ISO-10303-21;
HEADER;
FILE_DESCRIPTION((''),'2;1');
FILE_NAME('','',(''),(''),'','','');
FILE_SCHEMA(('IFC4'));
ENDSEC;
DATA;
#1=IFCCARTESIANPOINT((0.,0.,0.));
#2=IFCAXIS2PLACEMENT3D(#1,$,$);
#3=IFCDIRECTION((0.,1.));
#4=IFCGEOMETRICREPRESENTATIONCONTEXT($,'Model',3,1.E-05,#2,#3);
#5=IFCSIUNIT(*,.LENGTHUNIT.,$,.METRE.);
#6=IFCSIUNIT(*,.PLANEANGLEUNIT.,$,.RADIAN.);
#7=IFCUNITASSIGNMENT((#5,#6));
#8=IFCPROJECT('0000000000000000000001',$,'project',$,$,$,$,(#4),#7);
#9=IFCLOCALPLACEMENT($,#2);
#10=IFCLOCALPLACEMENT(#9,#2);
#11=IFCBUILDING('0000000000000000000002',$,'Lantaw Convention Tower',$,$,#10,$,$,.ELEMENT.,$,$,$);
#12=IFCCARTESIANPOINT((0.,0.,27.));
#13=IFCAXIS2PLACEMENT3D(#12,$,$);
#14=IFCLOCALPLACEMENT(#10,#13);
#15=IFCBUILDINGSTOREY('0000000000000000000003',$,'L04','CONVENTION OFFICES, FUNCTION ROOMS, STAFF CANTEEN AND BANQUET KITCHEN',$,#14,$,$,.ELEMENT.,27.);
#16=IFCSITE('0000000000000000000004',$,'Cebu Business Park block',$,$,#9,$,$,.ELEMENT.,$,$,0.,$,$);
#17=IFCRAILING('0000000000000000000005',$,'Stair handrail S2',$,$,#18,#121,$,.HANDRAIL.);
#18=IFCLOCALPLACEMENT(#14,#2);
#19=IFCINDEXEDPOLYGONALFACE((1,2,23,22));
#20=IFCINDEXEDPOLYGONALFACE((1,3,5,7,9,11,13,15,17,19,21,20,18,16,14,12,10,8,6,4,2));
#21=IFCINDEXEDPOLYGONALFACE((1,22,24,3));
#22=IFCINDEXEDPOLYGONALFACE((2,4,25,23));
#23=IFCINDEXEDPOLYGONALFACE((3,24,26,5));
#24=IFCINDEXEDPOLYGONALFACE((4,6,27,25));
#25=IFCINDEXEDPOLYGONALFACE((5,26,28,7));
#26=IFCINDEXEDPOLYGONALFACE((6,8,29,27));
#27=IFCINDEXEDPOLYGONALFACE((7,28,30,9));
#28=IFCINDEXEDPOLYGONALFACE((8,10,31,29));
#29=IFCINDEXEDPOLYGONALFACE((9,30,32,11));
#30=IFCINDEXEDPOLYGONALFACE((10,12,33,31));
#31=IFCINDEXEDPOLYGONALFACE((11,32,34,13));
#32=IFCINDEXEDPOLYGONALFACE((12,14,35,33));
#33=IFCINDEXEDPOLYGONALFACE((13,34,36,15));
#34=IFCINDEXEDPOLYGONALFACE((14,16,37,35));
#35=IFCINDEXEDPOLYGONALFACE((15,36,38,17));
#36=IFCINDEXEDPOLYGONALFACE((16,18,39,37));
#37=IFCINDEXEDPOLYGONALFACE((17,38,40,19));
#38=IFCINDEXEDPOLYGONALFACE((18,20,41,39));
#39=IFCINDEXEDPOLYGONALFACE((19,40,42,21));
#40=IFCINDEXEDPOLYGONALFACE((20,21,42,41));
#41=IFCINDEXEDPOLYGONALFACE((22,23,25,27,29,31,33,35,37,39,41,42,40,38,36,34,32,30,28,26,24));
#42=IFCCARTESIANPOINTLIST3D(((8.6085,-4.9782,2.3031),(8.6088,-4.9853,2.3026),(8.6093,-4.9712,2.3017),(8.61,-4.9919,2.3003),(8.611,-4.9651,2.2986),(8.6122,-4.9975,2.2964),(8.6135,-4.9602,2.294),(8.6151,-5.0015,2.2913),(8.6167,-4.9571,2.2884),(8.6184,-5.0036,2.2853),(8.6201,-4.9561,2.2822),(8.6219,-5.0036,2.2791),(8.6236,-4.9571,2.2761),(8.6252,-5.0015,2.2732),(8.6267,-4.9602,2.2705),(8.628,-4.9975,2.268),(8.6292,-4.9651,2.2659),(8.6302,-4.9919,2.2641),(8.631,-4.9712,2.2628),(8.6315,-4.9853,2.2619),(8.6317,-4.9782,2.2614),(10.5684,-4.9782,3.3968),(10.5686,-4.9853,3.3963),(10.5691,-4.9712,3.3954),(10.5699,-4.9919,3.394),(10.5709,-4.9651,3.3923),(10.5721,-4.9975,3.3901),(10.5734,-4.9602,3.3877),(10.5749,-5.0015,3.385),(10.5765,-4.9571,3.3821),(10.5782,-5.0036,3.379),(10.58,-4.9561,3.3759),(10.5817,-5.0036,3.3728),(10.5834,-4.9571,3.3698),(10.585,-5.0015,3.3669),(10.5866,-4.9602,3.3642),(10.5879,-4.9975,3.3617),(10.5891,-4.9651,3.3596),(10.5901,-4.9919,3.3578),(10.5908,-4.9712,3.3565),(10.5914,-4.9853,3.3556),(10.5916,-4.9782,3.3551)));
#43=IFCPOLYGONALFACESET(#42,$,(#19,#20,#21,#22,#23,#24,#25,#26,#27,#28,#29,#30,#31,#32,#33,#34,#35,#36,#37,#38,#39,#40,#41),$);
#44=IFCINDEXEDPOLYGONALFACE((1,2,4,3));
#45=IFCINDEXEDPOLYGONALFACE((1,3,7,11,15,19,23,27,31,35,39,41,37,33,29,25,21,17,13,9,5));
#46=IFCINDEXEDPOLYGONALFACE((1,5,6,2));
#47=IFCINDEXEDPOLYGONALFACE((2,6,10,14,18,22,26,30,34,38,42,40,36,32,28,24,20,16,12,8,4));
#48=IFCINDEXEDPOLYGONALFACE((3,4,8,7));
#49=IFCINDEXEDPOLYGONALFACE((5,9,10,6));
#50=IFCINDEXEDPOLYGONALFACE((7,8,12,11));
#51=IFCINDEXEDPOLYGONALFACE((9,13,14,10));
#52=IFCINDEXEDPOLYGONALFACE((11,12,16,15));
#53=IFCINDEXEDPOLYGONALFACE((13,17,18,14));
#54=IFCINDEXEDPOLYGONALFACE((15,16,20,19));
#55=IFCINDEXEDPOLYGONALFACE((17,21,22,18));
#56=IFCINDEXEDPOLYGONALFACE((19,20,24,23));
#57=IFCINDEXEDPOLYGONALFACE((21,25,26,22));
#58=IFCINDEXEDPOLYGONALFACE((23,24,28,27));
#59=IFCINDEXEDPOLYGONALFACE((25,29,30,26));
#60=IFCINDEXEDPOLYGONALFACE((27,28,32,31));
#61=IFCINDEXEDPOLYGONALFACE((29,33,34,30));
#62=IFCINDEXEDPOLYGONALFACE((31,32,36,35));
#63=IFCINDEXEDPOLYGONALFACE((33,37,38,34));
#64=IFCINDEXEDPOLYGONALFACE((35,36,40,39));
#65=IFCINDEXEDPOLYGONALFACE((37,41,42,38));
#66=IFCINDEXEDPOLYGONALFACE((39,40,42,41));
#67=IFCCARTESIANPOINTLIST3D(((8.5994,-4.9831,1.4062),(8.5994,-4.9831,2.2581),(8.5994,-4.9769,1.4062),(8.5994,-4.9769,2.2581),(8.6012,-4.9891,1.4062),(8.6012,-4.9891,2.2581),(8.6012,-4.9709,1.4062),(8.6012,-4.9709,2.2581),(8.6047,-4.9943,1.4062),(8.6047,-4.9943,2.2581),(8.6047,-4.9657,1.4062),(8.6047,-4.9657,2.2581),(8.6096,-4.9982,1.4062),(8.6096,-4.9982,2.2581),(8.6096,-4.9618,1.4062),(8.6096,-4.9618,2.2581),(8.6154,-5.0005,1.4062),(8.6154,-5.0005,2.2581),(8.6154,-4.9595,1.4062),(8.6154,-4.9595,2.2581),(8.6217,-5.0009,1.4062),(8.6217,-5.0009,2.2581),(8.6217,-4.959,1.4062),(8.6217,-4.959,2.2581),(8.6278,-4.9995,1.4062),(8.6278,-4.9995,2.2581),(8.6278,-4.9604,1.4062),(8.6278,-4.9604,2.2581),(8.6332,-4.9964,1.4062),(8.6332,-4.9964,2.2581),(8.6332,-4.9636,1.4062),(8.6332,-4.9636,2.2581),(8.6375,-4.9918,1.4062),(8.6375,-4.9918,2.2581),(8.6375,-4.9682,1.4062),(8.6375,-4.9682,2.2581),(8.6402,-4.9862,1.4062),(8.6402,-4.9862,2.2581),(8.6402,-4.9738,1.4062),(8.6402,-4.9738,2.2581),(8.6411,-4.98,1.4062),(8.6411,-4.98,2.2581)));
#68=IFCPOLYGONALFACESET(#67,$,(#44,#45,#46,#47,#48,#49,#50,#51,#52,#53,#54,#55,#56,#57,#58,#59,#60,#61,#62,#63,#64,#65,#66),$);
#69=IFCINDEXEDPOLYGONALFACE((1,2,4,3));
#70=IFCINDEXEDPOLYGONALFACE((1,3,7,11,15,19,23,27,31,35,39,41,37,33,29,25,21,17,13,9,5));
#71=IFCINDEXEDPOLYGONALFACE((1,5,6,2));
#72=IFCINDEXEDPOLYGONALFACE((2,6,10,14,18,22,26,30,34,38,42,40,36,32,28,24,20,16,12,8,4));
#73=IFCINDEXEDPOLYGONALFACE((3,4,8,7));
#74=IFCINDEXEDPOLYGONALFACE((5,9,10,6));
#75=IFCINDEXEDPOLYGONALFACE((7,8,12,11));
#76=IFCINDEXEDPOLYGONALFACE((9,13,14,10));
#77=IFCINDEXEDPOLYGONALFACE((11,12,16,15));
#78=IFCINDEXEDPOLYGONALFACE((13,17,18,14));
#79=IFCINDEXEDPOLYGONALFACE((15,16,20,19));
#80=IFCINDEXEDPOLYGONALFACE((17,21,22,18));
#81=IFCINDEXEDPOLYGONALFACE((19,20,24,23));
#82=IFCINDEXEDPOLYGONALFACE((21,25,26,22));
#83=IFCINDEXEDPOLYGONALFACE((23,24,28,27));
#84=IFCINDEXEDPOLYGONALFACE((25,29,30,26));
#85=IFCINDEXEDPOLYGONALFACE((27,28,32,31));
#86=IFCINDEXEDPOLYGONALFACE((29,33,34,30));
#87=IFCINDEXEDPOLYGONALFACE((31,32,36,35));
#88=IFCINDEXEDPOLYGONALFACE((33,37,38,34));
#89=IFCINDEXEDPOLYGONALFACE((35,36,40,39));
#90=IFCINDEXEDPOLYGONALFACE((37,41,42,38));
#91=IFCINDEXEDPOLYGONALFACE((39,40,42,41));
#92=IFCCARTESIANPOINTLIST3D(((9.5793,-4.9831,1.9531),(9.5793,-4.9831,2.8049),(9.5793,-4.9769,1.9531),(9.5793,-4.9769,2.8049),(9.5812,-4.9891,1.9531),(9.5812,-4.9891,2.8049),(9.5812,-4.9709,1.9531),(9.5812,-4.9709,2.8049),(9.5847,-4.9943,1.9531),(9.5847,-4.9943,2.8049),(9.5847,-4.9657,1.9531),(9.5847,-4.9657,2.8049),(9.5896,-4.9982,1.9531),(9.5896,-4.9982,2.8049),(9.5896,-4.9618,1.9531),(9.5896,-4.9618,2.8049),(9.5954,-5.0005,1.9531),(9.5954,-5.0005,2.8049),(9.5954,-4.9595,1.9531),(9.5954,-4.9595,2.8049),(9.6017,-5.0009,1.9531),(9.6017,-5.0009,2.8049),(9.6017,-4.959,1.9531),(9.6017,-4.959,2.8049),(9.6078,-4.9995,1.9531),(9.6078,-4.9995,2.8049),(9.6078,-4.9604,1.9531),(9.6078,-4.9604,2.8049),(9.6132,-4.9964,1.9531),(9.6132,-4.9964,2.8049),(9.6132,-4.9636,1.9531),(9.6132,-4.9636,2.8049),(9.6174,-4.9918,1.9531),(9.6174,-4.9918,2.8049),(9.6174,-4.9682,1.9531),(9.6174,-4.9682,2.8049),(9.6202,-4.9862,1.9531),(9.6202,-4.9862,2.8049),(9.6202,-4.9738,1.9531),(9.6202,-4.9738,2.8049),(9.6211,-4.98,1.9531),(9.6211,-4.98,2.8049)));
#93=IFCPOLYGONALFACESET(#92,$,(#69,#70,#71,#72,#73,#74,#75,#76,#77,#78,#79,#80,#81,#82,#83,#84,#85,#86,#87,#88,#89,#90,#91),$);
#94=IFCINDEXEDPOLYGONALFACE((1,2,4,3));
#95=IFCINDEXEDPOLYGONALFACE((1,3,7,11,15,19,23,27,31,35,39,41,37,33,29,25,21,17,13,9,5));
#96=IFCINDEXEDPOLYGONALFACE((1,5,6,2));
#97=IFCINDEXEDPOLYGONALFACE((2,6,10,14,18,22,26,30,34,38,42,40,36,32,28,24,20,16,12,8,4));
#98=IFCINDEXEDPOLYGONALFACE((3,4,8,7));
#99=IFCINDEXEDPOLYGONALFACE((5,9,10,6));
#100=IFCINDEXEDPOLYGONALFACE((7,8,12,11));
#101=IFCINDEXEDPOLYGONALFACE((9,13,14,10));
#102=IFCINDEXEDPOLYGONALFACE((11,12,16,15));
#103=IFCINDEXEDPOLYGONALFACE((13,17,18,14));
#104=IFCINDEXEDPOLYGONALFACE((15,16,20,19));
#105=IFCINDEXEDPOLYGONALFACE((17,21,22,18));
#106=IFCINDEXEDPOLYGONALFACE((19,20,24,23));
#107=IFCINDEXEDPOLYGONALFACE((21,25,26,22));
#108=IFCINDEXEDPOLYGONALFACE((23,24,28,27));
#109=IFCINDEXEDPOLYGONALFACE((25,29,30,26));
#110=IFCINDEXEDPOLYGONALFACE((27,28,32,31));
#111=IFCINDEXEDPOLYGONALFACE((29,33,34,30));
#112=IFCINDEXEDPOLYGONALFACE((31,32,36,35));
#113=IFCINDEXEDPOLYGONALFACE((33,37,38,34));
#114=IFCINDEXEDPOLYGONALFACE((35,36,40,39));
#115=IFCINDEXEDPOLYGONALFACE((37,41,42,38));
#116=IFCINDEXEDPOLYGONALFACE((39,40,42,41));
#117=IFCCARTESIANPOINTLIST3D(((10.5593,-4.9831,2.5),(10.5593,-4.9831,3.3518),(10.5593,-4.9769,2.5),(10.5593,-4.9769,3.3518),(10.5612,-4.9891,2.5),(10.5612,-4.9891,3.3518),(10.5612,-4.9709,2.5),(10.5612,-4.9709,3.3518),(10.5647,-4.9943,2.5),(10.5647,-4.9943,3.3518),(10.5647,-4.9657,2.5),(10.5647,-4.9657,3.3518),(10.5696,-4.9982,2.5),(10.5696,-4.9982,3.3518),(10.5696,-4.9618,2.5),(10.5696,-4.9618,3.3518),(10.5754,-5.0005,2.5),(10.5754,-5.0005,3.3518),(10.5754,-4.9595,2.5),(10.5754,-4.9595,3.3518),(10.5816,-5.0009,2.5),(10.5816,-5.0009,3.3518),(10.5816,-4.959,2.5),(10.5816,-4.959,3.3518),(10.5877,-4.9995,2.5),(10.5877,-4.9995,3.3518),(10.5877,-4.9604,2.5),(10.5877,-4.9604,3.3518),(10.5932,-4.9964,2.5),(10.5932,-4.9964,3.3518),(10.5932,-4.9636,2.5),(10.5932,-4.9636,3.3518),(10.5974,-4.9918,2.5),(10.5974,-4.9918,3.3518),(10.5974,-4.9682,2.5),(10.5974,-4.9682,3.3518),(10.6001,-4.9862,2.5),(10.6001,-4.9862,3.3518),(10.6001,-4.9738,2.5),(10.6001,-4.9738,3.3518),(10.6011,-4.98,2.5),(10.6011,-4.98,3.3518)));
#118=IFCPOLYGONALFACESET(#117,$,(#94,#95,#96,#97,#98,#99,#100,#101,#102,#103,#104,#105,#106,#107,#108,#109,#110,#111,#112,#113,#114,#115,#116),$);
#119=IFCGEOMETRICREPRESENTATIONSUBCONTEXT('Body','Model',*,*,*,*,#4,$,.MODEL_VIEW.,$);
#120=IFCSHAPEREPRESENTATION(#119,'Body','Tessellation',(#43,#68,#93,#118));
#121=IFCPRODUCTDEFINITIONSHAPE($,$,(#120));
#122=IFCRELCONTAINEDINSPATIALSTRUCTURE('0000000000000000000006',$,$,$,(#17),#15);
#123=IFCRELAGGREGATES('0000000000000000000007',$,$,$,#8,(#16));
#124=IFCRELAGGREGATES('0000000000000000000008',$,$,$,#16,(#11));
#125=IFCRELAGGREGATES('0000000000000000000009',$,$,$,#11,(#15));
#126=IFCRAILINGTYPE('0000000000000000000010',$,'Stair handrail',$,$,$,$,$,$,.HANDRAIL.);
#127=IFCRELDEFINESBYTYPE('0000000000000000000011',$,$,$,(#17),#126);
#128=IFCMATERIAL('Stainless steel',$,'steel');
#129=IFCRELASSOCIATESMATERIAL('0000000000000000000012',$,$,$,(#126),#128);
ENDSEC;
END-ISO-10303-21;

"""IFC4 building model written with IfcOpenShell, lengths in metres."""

from ifc_helpers import new_model, si_unit, direction, frame, origin, origin_2d, place, context, subcontext, project, spatial, circle, extrude, material, type_object, element, save


model = new_model("IFC4")

# Units and contexts
model_context = context("Model", 3, precision=1e-05, world=origin(), true_north=direction((0.0, 1.0)))
body_context = subcontext(model_context, "Body", "Model", "MODEL_VIEW")
ifc_project = project(units=[si_unit("LENGTHUNIT", "METRE"), si_unit("PLANEANGLEUNIT", "RADIAN")], contexts=[model_context])

# Site, building, storey
site_placement = place(None, origin())
site = spatial("IfcSite", under=ifc_project, at=site_placement, Name="Cebu Business Park block", CompositionType="ELEMENT", RefElevation=0.0)
building_placement = place(site_placement, origin())
building = spatial("IfcBuilding", under=site, at=building_placement, Name="Lantaw Convention Tower", CompositionType="ELEMENT")
storey_placement = place(building_placement, frame((0.0, 0.0, 27.0)))
storey = spatial("IfcBuildingStorey", under=building, at=storey_placement, Name="L04", Description="CONVENTION OFFICES, FUNCTION ROOMS, STAFF CANTEEN AND BANQUET KITCHEN", CompositionType="ELEMENT", Elevation=27.0)

# Railing
ifc_material_1 = material(Name="Stainless steel", Category="steel")
railing_type = type_object("IfcRailingType", Name="Stair handrail", PredefinedType="HANDRAIL", material=ifc_material_1)
railing_1_placement = place(storey_placement, frame((8.6201, -4.98, 1.4062)))
element("IfcRailing", 1, at=railing_1_placement, inside=storey, type_object=railing_type, Name="Stair handrail S2", PredefinedType="HANDRAIL", context=body_context, shape_type="SweptSolid", body=[
    extrude(circle(Radius=0.0239, at=origin_2d()), frame((0.0, 0.0, 0.876), z_axis=(0.873232, 0.0, 0.487304), x_axis=(0.0, 1.0, 0.0)), (0.0, 0.0, 1.0), 2.2444),
    extrude(circle(Radius=0.021, at=origin_2d()), origin(), (0.0, 0.0, 1.0), 0.8518),
    extrude(circle(Radius=0.021, at=origin_2d()), frame((0.98, 0.0, 0.5469)), (0.0, 0.0, 1.0), 0.8518),
    extrude(circle(Radius=0.021, at=origin_2d()), frame((1.96, 0.0, 1.0938)), (0.0, 0.0, 1.0), 0.8518),
])

save(model, "model.ifc")
